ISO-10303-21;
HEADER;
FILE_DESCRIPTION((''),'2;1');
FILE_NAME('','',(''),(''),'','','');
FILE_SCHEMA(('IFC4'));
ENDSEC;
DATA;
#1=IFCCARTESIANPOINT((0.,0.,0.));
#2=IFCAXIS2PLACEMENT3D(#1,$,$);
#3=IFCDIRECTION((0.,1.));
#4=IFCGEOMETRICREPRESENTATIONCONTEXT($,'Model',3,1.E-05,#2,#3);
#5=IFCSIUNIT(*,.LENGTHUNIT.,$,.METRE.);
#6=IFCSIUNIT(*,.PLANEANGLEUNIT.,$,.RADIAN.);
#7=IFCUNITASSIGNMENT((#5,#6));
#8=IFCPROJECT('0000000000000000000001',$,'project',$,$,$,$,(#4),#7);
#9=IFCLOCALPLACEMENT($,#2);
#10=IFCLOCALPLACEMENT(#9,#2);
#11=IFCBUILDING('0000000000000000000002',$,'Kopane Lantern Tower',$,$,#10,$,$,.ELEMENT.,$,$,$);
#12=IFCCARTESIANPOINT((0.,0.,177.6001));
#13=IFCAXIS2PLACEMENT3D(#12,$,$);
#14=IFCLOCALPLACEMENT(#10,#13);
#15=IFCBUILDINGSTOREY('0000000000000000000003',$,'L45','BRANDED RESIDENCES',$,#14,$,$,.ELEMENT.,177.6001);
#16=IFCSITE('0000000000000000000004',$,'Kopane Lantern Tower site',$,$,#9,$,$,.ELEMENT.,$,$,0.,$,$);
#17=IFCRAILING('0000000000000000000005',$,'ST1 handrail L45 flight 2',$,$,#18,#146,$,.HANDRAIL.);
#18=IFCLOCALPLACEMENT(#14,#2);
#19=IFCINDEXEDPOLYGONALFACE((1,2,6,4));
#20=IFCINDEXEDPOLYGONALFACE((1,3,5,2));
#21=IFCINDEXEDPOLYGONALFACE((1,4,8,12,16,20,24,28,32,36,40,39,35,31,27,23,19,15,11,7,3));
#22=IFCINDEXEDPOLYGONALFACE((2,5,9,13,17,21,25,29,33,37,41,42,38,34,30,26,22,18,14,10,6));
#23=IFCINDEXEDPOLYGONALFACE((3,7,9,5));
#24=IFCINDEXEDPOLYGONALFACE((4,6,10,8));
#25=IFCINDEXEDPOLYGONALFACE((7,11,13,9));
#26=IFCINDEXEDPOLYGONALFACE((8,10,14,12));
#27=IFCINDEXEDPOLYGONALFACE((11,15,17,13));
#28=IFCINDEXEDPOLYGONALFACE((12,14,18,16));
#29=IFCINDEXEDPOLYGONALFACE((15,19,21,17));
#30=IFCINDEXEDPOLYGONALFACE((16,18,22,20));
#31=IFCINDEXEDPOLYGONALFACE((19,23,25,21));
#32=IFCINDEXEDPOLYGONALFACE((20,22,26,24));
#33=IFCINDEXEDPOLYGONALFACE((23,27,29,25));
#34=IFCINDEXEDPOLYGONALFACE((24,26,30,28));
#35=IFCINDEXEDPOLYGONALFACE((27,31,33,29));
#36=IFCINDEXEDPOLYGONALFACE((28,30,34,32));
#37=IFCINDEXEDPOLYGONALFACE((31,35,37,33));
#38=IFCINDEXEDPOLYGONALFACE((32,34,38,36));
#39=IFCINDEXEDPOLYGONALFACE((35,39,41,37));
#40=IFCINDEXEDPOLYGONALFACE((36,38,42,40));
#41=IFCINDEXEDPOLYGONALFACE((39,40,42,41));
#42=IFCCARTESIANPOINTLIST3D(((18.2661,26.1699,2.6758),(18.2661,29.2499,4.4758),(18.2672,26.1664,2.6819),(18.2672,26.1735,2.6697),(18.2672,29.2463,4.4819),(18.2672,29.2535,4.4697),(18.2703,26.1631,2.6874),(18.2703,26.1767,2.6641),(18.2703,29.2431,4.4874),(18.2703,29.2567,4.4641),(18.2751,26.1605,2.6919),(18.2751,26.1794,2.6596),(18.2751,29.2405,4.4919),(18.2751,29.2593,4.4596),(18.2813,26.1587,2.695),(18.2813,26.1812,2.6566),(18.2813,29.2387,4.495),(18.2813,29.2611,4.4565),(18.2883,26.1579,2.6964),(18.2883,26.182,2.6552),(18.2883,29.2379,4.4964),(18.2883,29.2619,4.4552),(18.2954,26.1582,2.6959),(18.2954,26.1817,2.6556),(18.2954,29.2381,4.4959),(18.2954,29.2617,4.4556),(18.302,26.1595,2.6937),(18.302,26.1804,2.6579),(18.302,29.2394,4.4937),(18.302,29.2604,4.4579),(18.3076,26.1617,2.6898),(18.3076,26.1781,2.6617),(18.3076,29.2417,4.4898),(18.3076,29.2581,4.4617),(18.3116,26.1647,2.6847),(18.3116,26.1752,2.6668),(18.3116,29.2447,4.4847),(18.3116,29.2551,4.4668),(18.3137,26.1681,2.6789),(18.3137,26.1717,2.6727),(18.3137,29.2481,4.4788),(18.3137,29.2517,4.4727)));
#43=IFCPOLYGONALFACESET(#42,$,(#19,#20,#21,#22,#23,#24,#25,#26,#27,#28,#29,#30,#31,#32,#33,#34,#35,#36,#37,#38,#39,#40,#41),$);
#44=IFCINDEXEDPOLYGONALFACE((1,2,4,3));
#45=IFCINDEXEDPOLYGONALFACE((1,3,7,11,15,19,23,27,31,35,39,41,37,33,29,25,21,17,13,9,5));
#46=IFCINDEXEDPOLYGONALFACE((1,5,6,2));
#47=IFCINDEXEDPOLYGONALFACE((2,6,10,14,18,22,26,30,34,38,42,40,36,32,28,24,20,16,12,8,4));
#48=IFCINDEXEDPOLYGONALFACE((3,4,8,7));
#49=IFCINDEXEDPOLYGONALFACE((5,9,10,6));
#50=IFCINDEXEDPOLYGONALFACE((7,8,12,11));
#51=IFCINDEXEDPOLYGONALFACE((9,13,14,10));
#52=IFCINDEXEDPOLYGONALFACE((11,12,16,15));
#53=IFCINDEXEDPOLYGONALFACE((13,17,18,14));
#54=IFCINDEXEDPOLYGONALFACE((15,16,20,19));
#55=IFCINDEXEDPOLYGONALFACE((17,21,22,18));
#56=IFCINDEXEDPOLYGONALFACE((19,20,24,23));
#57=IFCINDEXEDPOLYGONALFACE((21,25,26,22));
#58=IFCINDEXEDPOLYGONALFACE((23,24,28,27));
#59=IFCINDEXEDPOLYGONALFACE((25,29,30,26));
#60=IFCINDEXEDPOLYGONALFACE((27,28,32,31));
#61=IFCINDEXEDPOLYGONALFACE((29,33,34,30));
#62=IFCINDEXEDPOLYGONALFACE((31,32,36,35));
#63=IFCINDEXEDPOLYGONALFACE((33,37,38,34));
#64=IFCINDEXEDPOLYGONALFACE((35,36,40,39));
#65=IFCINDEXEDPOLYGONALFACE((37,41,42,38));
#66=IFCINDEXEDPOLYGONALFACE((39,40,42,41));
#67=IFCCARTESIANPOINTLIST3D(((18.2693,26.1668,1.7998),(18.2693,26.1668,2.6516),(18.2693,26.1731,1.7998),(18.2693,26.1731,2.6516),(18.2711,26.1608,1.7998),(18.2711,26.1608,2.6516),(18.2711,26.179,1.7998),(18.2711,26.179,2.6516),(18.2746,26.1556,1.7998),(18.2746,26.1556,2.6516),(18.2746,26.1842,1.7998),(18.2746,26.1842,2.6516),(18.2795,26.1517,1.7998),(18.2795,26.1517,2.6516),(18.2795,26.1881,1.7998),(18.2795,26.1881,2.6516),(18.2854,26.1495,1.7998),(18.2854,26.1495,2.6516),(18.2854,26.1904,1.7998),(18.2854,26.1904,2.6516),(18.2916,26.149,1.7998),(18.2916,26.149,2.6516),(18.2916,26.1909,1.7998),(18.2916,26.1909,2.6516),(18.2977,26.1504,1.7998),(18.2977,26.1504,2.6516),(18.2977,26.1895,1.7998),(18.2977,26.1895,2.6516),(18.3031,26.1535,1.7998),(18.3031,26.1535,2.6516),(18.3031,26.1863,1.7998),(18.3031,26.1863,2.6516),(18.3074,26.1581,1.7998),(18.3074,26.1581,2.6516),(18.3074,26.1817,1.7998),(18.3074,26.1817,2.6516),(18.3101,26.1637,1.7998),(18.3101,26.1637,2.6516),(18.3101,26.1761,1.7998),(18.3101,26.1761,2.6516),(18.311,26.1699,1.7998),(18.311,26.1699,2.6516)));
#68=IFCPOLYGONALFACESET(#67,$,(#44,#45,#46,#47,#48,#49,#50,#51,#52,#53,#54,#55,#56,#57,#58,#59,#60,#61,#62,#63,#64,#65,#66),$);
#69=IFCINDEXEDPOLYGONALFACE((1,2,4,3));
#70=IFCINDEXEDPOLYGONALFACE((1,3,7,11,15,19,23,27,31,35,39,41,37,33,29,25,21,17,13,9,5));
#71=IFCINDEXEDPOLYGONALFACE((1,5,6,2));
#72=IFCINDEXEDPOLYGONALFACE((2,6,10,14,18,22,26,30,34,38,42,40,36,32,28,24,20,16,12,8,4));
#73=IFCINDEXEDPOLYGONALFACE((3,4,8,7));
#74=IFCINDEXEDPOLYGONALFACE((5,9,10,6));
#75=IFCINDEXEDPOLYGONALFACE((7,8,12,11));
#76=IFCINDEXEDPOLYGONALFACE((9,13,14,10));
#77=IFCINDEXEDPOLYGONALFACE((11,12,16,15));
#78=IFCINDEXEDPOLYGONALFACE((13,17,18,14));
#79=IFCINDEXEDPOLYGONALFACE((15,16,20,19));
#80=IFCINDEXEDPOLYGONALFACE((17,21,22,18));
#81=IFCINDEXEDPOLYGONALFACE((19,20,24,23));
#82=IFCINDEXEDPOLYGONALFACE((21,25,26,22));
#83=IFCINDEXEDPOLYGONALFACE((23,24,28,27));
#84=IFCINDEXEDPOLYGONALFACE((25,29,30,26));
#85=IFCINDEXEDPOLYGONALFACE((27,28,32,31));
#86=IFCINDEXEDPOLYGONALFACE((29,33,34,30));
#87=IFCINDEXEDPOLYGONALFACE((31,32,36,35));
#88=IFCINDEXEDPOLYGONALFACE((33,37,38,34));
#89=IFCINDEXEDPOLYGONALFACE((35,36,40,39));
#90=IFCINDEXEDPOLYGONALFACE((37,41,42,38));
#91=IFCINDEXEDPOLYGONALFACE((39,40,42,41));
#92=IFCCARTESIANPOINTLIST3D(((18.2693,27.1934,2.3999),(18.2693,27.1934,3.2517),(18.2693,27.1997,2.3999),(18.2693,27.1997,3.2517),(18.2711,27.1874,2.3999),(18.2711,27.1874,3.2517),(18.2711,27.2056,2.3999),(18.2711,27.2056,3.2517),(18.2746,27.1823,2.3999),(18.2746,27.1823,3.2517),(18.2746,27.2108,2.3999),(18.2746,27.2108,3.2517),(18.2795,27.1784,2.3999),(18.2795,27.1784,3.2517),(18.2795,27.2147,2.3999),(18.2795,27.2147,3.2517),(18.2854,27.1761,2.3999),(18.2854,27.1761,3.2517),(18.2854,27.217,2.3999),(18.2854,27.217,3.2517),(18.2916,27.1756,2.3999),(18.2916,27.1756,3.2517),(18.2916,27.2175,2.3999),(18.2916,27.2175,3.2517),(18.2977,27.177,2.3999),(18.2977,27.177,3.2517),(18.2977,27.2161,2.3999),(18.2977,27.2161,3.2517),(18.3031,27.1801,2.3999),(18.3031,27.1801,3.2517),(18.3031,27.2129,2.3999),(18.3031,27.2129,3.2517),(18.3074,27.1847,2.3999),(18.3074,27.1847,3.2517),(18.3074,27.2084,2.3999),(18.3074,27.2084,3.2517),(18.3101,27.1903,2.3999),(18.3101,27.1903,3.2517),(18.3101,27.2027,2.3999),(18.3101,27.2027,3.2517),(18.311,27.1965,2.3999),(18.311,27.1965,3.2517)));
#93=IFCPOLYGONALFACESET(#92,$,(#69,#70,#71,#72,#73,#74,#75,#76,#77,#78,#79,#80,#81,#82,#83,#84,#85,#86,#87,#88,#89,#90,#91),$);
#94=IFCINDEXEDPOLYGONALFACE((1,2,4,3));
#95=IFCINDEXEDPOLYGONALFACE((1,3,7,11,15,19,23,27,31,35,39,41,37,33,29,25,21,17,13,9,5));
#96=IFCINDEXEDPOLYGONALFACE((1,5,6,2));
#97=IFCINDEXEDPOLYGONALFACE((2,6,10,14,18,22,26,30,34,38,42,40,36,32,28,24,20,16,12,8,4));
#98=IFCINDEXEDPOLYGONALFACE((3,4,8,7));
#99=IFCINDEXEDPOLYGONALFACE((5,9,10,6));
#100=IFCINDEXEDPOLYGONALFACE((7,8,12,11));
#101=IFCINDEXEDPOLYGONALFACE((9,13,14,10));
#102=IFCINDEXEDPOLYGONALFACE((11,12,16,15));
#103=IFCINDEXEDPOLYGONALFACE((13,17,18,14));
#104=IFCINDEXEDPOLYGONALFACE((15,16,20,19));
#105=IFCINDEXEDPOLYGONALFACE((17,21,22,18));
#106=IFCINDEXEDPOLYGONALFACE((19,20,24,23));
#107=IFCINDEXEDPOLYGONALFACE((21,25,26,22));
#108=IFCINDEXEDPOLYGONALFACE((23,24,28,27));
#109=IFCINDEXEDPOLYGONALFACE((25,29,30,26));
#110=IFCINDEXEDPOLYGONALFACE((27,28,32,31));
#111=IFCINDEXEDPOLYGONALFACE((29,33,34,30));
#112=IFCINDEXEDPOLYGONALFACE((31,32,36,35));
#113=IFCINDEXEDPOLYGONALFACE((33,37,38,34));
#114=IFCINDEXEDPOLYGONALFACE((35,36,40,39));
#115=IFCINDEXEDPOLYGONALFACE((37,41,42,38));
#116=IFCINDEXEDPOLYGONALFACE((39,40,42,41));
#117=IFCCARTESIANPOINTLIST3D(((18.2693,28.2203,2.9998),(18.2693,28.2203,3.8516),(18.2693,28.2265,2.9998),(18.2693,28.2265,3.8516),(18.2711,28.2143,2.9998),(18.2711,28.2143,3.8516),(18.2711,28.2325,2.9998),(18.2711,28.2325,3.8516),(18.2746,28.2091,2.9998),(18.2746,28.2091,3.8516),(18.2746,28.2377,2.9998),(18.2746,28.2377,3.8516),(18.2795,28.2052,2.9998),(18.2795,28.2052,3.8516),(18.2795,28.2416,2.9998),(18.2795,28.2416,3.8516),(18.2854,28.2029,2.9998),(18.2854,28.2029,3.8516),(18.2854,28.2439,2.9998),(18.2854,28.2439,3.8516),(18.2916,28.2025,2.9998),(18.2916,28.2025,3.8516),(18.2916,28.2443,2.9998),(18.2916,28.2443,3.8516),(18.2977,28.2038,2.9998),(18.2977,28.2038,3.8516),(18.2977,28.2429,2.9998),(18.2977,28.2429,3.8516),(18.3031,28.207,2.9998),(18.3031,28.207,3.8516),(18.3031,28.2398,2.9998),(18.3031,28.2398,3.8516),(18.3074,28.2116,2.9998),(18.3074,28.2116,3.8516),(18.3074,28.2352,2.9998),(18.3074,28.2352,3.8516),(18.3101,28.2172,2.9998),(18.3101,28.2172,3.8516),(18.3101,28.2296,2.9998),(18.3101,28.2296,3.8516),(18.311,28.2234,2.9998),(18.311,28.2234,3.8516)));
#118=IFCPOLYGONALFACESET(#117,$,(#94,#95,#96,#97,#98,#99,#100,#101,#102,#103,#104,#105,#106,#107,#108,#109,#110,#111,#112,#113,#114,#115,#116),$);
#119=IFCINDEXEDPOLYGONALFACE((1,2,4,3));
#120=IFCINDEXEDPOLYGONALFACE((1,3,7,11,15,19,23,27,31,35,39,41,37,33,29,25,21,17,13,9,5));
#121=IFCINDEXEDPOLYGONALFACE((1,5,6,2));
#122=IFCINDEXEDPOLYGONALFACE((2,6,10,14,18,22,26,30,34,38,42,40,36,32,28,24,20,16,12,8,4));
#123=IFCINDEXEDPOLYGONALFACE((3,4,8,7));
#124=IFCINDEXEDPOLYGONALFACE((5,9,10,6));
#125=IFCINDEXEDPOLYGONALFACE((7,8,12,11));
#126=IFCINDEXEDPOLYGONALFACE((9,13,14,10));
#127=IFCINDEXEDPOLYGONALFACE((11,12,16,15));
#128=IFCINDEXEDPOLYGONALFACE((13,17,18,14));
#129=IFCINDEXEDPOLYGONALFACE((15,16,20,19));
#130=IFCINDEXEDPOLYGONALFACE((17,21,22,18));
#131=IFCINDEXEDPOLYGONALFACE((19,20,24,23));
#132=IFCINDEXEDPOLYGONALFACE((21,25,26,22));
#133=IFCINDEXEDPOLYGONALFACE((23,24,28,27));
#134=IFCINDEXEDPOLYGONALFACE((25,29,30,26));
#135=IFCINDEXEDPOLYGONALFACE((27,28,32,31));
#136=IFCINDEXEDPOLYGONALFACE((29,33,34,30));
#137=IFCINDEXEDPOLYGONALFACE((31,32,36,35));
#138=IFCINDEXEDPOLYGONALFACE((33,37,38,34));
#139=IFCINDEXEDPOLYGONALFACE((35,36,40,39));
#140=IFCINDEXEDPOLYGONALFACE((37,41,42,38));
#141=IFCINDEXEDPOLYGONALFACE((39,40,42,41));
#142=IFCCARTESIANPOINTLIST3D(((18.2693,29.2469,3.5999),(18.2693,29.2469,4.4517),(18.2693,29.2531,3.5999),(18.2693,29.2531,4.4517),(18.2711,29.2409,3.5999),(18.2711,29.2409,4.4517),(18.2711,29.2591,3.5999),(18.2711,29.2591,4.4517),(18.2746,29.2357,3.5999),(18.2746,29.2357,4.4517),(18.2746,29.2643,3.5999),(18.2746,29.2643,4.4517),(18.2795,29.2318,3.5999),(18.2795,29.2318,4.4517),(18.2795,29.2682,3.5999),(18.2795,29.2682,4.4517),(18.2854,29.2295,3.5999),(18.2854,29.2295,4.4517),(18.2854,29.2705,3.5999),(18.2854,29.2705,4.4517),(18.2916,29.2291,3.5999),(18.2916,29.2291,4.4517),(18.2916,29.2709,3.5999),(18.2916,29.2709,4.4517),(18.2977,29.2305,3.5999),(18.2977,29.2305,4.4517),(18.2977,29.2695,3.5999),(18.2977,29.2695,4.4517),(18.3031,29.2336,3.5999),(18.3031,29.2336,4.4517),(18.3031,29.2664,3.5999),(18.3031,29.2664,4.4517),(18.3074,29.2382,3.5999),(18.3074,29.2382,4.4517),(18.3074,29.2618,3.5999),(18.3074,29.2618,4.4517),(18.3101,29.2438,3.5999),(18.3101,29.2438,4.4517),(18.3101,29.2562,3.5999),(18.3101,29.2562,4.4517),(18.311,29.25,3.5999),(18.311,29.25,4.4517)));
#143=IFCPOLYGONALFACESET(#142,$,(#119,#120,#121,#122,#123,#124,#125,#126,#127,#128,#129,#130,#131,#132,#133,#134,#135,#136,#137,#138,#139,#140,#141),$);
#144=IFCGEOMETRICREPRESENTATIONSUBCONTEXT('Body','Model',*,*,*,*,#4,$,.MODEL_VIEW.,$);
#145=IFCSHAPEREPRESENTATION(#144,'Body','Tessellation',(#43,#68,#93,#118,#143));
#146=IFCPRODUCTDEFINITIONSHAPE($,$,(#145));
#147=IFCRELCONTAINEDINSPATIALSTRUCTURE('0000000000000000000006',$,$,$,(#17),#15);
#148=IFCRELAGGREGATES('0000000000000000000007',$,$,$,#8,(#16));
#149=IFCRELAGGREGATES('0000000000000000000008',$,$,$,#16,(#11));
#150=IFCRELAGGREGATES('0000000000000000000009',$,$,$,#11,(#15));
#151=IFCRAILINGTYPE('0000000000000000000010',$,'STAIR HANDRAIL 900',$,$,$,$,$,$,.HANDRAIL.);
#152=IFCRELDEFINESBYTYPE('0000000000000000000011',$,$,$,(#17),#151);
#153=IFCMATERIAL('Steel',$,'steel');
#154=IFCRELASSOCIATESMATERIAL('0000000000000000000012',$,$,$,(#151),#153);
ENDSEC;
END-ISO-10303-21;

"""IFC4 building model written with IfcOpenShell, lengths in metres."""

from ifc_helpers import new_model, si_unit, direction, frame, origin, origin_2d, place, context, subcontext, project, spatial, circle, extrude, material, type_object, element, save


model = new_model("IFC4")

# Units and contexts
model_context = context("Model", 3, precision=1e-05, world=origin(), true_north=direction((0.0, 1.0)))
body_context = subcontext(model_context, "Body", "Model", "MODEL_VIEW")
ifc_project = project(units=[si_unit("LENGTHUNIT", "METRE"), si_unit("PLANEANGLEUNIT", "RADIAN")], contexts=[model_context])

# Site, building, storey
site_placement = place(None, origin())
site = spatial("IfcSite", under=ifc_project, at=site_placement, Name="Kopane Lantern Tower site", CompositionType="ELEMENT", RefElevation=0.0)
building_placement = place(site_placement, origin())
building = spatial("IfcBuilding", under=site, at=building_placement, Name="Kopane Lantern Tower", CompositionType="ELEMENT")
storey_placement = place(building_placement, frame((0.0, 0.0, 177.6001)))
storey = spatial("IfcBuildingStorey", under=building, at=storey_placement, Name="L45", Description="BRANDED RESIDENCES", CompositionType="ELEMENT", Elevation=177.6001)

# Railing
ifc_material_1 = material(Name="Steel", Category="steel")
railing_type_1 = type_object("IfcRailingType", Name="STAIR HANDRAIL 900", PredefinedType="HANDRAIL", material=ifc_material_1)
for number, where, name in (
    (1, (18.29, 26.1699, 1.7998), "ST1 handrail L45 flight 2"),
):
    element("IfcRailing", number, at=place(storey_placement, frame(where)), inside=storey, type_object=railing_type_1, Name=name, PredefinedType="HANDRAIL", context=body_context, shape_type="SweptSolid", body=[
        extrude(circle(Radius=0.0239, at=origin_2d()), frame((0.0, 0.0, 0.876), z_axis=(0.0, 0.863372, 0.504569), x_axis=(-1.0, 0.0, 0.0)), (0.0, 0.0, 1.0), 3.5674),
        extrude(circle(Radius=0.021, at=origin_2d()), origin(), (0.0, 0.0, 1.0), 0.8518),
        extrude(circle(Radius=0.021, at=origin_2d()), frame((0.0, 1.0266, 0.6001)), (0.0, 0.0, 1.0), 0.8518),
        extrude(circle(Radius=0.021, at=origin_2d()), frame((0.0, 2.0535, 1.2)), (0.0, 0.0, 1.0), 0.8518),
        extrude(circle(Radius=0.021, at=origin_2d()), frame((0.0, 3.0801, 1.8)), (0.0, 0.0, 1.0), 0.8518),
    ])

save(model, "model.ifc")
